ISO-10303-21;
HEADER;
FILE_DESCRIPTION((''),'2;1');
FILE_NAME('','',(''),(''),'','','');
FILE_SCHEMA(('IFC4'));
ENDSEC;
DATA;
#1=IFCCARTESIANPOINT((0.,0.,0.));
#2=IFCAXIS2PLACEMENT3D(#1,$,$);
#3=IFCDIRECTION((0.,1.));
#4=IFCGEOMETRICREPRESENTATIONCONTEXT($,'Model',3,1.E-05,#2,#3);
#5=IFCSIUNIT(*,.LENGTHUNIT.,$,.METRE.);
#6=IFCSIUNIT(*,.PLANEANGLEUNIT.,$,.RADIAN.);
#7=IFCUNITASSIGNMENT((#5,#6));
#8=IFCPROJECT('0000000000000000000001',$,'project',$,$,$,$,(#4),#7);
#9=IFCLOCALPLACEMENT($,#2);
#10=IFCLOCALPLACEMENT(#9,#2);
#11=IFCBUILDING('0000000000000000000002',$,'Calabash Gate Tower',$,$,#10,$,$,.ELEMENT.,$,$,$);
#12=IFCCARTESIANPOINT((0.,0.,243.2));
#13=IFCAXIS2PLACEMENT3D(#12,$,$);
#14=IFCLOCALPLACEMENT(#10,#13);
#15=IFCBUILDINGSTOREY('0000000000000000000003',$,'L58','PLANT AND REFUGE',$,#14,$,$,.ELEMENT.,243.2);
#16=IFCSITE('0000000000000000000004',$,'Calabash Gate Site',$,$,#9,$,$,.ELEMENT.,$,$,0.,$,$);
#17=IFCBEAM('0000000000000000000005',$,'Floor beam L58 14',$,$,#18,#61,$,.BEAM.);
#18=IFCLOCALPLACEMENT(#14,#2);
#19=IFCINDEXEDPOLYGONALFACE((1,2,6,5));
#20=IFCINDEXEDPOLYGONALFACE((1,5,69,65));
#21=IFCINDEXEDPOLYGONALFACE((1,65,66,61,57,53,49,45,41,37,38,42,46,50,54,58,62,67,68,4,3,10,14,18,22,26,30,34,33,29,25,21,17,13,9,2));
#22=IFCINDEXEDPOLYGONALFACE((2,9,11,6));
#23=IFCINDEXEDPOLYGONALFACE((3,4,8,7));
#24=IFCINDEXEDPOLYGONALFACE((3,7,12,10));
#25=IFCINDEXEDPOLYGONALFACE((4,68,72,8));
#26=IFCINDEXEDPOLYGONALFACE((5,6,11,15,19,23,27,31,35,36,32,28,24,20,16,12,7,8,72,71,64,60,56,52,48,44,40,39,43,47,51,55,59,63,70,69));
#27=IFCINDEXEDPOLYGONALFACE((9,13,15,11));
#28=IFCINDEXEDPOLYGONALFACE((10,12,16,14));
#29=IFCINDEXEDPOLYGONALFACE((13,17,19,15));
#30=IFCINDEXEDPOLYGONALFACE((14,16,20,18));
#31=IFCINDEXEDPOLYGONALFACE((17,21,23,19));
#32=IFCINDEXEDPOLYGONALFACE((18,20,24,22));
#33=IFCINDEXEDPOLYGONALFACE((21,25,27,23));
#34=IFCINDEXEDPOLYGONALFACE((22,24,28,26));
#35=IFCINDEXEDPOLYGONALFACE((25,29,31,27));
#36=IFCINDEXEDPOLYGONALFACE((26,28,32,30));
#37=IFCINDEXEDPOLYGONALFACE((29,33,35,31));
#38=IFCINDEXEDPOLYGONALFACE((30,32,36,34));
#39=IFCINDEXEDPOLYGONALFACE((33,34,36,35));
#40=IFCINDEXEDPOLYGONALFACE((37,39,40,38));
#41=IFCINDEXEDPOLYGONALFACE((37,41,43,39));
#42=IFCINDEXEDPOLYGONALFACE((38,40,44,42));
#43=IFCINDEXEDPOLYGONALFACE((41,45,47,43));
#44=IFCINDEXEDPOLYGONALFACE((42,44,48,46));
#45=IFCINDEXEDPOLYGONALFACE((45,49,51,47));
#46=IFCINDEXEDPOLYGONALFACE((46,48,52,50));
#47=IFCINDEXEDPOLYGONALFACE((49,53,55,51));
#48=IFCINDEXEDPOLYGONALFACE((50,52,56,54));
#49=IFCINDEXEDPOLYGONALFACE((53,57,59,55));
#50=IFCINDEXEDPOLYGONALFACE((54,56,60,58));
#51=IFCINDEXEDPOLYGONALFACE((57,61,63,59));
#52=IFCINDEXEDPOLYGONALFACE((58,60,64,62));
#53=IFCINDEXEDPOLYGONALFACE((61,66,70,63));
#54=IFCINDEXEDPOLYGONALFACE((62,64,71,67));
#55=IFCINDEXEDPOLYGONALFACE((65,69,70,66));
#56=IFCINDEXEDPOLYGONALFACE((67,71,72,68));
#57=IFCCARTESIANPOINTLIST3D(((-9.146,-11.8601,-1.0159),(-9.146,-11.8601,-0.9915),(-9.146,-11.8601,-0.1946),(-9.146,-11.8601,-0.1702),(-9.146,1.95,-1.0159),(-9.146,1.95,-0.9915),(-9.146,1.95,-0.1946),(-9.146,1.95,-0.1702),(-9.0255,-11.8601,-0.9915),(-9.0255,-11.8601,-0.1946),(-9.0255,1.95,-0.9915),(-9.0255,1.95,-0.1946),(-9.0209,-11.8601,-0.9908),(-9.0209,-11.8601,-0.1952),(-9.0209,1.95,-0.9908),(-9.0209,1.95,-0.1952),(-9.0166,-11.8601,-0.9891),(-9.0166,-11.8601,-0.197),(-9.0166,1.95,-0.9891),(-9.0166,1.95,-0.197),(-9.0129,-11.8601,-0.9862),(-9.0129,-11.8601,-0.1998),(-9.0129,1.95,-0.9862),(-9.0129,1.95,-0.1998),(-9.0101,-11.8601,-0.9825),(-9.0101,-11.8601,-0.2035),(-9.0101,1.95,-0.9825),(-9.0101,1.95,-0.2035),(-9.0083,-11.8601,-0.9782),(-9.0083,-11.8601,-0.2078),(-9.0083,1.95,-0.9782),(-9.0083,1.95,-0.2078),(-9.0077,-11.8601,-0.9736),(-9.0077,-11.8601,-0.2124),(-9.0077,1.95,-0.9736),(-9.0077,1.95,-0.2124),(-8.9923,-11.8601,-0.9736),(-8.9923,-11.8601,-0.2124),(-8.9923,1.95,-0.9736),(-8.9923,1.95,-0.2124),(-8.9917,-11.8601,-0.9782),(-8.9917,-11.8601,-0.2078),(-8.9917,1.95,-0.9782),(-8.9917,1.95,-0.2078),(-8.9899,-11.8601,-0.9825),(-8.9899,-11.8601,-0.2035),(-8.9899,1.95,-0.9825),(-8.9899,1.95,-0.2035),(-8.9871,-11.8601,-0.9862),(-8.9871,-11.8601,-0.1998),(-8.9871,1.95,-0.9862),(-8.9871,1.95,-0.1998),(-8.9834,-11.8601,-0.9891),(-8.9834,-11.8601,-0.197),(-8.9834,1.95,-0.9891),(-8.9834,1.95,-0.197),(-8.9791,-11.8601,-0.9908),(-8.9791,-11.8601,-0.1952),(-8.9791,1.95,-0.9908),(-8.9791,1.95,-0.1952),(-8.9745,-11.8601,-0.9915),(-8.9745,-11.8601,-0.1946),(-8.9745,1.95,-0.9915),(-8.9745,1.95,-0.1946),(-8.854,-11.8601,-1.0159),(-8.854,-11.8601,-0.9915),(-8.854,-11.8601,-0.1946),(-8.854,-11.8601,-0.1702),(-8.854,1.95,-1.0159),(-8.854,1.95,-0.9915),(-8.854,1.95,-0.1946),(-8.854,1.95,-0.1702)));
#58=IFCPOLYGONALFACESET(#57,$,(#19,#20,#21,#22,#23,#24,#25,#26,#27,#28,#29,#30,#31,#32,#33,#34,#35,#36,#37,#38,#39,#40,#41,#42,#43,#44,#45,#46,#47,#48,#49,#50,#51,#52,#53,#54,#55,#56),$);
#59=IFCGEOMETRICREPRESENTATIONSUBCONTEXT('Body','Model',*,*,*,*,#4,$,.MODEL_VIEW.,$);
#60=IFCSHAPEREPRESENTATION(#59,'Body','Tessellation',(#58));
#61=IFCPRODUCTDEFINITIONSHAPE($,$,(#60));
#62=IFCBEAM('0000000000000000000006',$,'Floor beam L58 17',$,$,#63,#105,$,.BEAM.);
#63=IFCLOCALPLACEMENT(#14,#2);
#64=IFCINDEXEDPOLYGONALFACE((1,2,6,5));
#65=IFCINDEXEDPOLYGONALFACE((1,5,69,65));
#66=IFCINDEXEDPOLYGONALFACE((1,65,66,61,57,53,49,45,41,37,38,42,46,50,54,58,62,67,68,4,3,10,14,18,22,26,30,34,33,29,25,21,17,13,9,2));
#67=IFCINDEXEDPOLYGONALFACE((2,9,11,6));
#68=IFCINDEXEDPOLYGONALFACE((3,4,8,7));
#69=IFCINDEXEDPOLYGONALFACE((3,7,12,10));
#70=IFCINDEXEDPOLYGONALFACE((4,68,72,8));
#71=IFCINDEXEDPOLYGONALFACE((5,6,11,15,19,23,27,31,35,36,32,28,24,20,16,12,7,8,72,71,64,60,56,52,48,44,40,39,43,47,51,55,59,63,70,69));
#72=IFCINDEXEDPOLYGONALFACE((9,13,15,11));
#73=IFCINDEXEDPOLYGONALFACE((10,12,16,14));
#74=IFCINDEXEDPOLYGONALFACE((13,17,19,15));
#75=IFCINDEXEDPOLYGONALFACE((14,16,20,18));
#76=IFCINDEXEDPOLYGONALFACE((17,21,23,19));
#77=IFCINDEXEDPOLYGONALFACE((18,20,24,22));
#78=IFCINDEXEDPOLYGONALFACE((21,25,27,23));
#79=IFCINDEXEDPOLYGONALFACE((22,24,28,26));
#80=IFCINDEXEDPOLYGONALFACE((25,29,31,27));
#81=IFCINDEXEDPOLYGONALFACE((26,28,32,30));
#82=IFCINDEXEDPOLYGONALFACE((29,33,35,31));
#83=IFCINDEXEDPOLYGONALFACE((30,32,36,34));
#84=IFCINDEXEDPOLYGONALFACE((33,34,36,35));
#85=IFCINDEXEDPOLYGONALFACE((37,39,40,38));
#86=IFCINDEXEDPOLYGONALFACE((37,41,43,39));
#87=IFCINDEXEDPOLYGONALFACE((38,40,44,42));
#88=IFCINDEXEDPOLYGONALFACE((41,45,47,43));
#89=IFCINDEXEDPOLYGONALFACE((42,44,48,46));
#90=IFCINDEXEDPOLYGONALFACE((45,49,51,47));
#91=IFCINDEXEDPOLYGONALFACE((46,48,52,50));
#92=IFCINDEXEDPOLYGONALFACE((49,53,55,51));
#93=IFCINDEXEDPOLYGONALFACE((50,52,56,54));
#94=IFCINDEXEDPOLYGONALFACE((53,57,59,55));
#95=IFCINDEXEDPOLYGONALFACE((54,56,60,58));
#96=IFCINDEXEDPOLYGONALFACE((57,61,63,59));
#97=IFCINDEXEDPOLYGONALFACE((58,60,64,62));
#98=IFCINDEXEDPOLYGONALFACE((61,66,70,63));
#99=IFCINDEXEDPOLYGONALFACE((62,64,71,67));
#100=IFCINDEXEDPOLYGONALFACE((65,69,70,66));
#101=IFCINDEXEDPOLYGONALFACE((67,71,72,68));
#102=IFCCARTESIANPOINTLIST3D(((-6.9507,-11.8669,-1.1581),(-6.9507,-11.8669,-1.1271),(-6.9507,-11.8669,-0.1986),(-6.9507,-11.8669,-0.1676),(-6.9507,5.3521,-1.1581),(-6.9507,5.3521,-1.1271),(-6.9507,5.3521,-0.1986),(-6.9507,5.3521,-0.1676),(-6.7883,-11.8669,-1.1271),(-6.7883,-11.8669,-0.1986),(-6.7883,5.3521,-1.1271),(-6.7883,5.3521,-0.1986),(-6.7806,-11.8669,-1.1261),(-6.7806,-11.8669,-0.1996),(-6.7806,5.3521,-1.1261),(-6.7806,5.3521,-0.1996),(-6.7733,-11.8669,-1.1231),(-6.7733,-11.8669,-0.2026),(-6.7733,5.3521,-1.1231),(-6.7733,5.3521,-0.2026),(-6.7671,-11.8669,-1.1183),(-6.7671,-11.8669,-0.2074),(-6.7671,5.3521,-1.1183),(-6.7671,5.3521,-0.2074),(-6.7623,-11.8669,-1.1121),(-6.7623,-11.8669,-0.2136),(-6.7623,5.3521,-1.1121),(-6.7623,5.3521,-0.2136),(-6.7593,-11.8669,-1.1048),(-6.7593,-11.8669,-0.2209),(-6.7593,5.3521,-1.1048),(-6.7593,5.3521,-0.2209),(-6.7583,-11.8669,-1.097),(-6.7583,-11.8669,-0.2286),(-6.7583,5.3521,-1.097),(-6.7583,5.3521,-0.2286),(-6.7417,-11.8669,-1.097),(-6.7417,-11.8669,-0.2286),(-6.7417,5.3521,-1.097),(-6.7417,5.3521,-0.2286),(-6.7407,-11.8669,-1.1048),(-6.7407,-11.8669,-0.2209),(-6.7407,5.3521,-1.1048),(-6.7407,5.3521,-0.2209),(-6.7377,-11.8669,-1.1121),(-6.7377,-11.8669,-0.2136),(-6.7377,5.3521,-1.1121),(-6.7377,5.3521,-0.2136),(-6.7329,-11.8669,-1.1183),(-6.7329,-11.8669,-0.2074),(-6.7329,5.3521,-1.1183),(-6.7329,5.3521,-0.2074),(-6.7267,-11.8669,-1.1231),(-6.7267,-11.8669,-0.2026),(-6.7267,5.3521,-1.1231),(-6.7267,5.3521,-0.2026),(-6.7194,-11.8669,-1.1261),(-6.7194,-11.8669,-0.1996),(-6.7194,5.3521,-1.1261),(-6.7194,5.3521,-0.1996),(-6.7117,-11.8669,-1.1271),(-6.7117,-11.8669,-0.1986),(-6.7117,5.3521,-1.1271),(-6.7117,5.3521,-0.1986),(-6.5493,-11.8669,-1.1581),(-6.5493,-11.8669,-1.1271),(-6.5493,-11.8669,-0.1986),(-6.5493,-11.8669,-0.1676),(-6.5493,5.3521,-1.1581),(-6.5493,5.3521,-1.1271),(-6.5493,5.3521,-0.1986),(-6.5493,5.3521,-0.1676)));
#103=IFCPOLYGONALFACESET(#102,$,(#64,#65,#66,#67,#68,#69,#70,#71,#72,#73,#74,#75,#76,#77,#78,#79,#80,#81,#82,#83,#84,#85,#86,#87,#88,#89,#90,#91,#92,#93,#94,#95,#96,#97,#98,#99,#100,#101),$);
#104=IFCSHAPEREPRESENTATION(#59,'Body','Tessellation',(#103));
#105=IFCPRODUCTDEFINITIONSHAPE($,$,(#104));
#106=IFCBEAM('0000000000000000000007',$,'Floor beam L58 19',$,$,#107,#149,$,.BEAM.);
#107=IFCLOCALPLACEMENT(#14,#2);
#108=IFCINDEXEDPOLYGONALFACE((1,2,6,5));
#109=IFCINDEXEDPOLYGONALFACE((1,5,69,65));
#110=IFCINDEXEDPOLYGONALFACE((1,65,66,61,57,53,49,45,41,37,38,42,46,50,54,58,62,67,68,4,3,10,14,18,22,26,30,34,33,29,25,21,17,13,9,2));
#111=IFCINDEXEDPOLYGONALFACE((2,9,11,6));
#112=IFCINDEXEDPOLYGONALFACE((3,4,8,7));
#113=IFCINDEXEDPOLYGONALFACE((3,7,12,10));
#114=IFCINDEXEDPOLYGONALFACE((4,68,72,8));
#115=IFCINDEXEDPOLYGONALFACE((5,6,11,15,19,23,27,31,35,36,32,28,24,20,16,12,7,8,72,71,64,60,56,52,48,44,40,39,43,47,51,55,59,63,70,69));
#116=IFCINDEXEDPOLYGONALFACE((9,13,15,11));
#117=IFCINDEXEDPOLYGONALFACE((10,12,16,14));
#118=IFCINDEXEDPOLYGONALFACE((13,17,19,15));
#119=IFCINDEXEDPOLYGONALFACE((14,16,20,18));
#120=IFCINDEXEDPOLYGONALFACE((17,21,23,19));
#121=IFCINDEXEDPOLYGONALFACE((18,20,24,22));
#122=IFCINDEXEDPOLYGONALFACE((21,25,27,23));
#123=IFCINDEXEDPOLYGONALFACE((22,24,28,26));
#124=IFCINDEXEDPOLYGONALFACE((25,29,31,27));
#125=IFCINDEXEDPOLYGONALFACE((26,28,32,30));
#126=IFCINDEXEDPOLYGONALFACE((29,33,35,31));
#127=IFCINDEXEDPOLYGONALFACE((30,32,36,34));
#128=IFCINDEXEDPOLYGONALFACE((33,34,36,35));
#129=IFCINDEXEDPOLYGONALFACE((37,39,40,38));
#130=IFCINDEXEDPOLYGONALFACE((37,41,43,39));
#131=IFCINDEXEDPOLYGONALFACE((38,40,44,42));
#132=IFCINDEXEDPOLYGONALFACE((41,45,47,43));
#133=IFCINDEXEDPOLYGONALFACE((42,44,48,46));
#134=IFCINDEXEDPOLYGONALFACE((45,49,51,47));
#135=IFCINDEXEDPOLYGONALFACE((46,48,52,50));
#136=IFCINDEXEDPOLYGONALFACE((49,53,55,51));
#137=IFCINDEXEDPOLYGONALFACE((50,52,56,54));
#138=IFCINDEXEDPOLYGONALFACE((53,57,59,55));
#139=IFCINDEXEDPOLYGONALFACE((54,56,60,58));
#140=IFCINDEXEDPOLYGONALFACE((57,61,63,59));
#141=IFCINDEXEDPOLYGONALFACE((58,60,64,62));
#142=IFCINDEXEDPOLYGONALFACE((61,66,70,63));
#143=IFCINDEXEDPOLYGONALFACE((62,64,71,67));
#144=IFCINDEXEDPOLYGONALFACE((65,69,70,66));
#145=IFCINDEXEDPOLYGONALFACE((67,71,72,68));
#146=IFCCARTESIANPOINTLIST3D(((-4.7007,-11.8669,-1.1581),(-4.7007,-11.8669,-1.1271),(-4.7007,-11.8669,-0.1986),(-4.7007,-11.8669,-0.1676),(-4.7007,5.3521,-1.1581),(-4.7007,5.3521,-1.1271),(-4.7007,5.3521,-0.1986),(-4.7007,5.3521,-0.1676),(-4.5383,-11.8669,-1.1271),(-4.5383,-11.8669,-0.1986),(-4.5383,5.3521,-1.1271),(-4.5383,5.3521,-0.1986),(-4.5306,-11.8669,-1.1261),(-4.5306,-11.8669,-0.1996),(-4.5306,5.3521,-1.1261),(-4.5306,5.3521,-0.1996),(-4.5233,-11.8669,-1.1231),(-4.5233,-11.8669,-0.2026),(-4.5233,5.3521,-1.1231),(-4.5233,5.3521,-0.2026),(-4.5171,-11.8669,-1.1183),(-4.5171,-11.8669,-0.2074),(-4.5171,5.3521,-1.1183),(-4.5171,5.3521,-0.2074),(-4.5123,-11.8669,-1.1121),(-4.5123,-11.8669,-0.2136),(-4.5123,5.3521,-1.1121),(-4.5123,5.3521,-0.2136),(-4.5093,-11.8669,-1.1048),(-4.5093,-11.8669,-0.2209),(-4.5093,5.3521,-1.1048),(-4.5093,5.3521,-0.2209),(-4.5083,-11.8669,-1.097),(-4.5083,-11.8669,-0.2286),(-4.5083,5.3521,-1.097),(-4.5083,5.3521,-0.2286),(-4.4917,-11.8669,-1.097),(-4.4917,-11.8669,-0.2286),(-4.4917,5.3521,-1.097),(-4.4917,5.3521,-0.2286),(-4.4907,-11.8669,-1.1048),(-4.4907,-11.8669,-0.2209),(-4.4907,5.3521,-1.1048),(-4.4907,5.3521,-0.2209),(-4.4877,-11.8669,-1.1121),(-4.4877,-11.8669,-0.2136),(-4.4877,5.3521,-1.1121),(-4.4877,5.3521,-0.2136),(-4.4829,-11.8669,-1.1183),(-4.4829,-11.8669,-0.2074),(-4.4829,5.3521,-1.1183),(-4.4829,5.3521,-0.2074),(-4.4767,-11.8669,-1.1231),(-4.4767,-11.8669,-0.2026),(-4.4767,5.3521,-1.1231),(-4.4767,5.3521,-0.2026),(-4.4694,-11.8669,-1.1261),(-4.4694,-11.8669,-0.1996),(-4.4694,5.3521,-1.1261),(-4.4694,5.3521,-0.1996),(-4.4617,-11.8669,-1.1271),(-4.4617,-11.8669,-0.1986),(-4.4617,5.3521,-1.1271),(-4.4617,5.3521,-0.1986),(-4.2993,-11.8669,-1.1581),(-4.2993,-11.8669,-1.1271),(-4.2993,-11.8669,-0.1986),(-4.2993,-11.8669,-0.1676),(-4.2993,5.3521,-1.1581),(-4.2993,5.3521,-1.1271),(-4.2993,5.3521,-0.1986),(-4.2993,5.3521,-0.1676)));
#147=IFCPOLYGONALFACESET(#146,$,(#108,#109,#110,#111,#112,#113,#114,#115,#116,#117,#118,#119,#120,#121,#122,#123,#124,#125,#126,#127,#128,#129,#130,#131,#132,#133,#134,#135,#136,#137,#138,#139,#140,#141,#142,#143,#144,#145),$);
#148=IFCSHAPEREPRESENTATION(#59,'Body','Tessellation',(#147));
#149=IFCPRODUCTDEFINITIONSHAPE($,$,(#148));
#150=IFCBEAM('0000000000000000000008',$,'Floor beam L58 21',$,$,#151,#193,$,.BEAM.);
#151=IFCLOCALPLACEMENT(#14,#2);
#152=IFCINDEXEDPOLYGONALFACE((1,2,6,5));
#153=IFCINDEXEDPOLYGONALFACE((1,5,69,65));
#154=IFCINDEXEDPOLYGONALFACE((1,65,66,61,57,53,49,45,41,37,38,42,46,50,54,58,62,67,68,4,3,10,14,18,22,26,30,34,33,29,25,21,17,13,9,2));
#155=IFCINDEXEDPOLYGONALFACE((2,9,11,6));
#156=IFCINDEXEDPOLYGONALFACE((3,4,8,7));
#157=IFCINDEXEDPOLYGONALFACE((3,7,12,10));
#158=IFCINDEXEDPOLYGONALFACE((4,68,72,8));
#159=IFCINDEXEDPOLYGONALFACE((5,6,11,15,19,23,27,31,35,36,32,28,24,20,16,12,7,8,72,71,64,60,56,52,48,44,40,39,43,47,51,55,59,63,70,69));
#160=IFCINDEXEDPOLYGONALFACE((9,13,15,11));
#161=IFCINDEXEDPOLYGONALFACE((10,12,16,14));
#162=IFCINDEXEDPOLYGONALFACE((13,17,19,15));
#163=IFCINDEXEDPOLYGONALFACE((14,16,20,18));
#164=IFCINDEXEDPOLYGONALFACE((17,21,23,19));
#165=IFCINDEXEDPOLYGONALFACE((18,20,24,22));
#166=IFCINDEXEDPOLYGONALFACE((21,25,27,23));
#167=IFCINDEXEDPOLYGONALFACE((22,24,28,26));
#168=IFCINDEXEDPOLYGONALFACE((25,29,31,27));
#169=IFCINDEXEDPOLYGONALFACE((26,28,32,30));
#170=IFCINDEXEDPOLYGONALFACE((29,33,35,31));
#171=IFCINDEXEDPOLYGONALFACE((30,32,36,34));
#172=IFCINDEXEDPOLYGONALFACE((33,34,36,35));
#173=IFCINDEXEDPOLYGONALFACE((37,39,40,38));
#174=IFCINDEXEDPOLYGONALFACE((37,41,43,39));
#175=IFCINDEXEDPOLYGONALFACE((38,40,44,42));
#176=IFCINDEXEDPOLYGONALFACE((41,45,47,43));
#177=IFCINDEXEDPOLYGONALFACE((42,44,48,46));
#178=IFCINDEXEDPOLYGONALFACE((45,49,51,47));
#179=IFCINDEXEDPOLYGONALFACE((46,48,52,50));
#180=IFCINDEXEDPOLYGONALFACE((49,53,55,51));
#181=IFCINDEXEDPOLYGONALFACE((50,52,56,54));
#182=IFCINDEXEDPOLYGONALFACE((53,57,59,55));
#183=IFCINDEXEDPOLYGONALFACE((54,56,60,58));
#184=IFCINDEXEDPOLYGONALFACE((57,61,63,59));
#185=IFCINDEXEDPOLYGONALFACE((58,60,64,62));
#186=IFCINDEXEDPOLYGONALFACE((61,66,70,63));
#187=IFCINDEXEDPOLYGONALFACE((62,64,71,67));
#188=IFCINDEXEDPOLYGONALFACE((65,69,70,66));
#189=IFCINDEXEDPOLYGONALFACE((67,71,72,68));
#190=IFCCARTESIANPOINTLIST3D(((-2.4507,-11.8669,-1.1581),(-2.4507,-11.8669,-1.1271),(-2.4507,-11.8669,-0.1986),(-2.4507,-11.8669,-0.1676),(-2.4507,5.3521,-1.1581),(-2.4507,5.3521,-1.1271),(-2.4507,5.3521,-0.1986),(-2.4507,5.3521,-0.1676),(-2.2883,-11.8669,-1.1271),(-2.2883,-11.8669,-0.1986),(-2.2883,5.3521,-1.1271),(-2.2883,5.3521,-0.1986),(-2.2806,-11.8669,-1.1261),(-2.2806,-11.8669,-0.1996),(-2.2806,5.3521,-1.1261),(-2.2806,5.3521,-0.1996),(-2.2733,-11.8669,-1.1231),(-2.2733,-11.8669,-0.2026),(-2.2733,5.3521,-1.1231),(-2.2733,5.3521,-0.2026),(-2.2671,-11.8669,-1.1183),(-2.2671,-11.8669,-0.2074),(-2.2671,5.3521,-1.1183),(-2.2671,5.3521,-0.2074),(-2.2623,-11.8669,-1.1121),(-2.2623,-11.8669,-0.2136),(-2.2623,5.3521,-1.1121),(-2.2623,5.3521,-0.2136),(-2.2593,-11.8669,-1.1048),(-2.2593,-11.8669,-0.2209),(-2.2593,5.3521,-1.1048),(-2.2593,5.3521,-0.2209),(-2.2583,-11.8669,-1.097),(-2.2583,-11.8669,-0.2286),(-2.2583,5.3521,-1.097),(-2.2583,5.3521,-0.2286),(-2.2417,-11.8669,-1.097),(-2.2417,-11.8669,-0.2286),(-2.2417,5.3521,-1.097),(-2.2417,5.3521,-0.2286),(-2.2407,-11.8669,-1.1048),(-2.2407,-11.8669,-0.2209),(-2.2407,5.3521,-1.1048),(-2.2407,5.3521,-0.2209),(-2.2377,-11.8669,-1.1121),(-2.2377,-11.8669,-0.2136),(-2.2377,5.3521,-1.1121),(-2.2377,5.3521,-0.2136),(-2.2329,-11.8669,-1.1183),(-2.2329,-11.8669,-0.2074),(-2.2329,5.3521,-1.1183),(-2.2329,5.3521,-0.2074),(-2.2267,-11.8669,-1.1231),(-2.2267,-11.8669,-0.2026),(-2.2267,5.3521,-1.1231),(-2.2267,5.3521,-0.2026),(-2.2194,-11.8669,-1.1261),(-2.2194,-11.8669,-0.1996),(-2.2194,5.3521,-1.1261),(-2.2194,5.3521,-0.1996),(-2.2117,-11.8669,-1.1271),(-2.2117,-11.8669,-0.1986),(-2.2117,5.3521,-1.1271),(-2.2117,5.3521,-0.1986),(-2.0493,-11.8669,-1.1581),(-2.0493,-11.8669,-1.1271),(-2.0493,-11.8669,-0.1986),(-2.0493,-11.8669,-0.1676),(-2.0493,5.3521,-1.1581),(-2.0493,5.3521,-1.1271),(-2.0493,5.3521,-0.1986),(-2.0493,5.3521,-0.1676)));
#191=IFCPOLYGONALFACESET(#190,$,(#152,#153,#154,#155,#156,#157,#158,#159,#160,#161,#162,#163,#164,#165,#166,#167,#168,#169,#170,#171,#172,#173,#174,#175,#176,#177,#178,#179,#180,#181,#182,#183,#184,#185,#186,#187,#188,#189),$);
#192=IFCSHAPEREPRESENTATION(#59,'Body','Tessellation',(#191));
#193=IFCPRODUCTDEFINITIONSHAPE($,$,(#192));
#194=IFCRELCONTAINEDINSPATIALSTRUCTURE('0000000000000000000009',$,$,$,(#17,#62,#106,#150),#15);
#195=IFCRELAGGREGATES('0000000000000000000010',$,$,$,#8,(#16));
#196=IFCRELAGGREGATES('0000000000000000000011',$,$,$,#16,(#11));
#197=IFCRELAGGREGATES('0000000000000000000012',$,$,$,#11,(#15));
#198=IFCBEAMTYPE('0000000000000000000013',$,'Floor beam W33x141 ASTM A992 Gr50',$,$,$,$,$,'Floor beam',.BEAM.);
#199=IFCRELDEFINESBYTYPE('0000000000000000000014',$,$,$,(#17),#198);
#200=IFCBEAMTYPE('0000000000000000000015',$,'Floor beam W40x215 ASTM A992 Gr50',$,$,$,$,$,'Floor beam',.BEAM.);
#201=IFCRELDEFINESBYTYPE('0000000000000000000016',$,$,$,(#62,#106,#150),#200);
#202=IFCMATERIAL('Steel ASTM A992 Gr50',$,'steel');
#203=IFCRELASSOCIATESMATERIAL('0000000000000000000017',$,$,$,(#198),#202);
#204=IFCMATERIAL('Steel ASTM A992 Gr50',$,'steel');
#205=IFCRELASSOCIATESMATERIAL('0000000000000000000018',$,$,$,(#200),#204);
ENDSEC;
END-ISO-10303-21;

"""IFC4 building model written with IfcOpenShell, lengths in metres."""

from ifc_helpers import new_model, si_unit, direction, frame, origin, origin_2d, place, context, subcontext, project, spatial, i_section, extrude, material, material_profile, profile_set, type_object, element, save


model = new_model("IFC4")

# Units and contexts
model_context = context("Model", 3, precision=1e-05, world=origin(), true_north=direction((0.0, 1.0)))
body_context = subcontext(model_context, "Body", "Model", "MODEL_VIEW")
ifc_project = project(units=[si_unit("LENGTHUNIT", "METRE"), si_unit("PLANEANGLEUNIT", "RADIAN")], contexts=[model_context])

# Site, building, storey
site_placement = place(None, origin())
site = spatial("IfcSite", under=ifc_project, at=site_placement, Name="Calabash Gate Site", CompositionType="ELEMENT", RefElevation=0.0)
building_placement = place(site_placement, origin())
building = spatial("IfcBuilding", under=site, at=building_placement, Name="Calabash Gate Tower", CompositionType="ELEMENT")
storey_placement = place(building_placement, frame((0.0, 0.0, 243.2)))
storey = spatial("IfcBuildingStorey", under=building, at=storey_placement, Name="L58", Description="PLANT AND REFUGE", CompositionType="ELEMENT", Elevation=243.2)

# Beams
ifc_material_1 = material(Name="Steel ASTM A992 Gr50", Category="steel")
ifc_material_profile_1 = material_profile(ifc_material_1, i_section(OverallWidth=0.292, OverallDepth=0.8457, WebThickness=0.0154, FlangeThickness=0.0244, FilletRadius=0.0178, at=origin_2d()))
ifc_profile_set_1 = profile_set([ifc_material_profile_1], Name="Steel ASTM A992 Gr50")
beam_type_1 = type_object("IfcBeamType", Name="Floor beam W33x141 ASTM A992 Gr50", ElementType="Floor beam", PredefinedType="BEAM", material=ifc_profile_set_1)
beam_1_placement = place(storey_placement, frame((-9.0, -11.8601, -0.593), z_axis=(0.0, 1.0, 0.0), x_axis=(-1.0, 0.0, 0.0)))
element("IfcBeam", 1, at=beam_1_placement, inside=storey, type_object=beam_type_1, Name="Floor beam L58 14", PredefinedType="BEAM", context=body_context, shape_type="SweptSolid", body=[
    extrude(i_section(OverallWidth=0.292, OverallDepth=0.8457, WebThickness=0.0154, FlangeThickness=0.0244, FilletRadius=0.0178, at=origin_2d()), origin(), (0.0, 0.0, 1.0), 13.8101),
])
ifc_material_2 = material(Name="Steel ASTM A992 Gr50", Category="steel")
ifc_material_profile_2 = material_profile(ifc_material_2, i_section(OverallWidth=0.4014, OverallDepth=0.9905, WebThickness=0.0166, FlangeThickness=0.031, FilletRadius=0.03, at=origin_2d()))
ifc_profile_set_2 = profile_set([ifc_material_profile_2], Name="Steel ASTM A992 Gr50")
beam_type_2 = type_object("IfcBeamType", Name="Floor beam W40x215 ASTM A992 Gr50", ElementType="Floor beam", PredefinedType="BEAM", material=ifc_profile_set_2)
for number, where, z_axis, x_axis, name in (
    (2, (-6.75, -11.8669, -0.6628), (0.0, 1.0, 0.0), (-1.0, 0.0, 0.0), "Floor beam L58 17"),
    (3, (-4.5, -11.8669, -0.6628), (0.0, 1.0, 0.0), (-1.0, 0.0, 0.0), "Floor beam L58 19"),
    (4, (-2.25, -11.8669, -0.6628), (0.0, 1.0, 0.0), (-1.0, 0.0, 0.0), "Floor beam L58 21"),
):
    element("IfcBeam", number, at=place(storey_placement, frame(where, z_axis=z_axis, x_axis=x_axis)), inside=storey, type_object=beam_type_2, Name=name, PredefinedType="BEAM", context=body_context, shape_type="SweptSolid", body=[
        extrude(i_section(OverallWidth=0.4014, OverallDepth=0.9905, WebThickness=0.0166, FlangeThickness=0.031, FilletRadius=0.03, at=origin_2d()), origin(), (0.0, 0.0, 1.0), 17.219),
    ])

save(model, "model.ifc")
